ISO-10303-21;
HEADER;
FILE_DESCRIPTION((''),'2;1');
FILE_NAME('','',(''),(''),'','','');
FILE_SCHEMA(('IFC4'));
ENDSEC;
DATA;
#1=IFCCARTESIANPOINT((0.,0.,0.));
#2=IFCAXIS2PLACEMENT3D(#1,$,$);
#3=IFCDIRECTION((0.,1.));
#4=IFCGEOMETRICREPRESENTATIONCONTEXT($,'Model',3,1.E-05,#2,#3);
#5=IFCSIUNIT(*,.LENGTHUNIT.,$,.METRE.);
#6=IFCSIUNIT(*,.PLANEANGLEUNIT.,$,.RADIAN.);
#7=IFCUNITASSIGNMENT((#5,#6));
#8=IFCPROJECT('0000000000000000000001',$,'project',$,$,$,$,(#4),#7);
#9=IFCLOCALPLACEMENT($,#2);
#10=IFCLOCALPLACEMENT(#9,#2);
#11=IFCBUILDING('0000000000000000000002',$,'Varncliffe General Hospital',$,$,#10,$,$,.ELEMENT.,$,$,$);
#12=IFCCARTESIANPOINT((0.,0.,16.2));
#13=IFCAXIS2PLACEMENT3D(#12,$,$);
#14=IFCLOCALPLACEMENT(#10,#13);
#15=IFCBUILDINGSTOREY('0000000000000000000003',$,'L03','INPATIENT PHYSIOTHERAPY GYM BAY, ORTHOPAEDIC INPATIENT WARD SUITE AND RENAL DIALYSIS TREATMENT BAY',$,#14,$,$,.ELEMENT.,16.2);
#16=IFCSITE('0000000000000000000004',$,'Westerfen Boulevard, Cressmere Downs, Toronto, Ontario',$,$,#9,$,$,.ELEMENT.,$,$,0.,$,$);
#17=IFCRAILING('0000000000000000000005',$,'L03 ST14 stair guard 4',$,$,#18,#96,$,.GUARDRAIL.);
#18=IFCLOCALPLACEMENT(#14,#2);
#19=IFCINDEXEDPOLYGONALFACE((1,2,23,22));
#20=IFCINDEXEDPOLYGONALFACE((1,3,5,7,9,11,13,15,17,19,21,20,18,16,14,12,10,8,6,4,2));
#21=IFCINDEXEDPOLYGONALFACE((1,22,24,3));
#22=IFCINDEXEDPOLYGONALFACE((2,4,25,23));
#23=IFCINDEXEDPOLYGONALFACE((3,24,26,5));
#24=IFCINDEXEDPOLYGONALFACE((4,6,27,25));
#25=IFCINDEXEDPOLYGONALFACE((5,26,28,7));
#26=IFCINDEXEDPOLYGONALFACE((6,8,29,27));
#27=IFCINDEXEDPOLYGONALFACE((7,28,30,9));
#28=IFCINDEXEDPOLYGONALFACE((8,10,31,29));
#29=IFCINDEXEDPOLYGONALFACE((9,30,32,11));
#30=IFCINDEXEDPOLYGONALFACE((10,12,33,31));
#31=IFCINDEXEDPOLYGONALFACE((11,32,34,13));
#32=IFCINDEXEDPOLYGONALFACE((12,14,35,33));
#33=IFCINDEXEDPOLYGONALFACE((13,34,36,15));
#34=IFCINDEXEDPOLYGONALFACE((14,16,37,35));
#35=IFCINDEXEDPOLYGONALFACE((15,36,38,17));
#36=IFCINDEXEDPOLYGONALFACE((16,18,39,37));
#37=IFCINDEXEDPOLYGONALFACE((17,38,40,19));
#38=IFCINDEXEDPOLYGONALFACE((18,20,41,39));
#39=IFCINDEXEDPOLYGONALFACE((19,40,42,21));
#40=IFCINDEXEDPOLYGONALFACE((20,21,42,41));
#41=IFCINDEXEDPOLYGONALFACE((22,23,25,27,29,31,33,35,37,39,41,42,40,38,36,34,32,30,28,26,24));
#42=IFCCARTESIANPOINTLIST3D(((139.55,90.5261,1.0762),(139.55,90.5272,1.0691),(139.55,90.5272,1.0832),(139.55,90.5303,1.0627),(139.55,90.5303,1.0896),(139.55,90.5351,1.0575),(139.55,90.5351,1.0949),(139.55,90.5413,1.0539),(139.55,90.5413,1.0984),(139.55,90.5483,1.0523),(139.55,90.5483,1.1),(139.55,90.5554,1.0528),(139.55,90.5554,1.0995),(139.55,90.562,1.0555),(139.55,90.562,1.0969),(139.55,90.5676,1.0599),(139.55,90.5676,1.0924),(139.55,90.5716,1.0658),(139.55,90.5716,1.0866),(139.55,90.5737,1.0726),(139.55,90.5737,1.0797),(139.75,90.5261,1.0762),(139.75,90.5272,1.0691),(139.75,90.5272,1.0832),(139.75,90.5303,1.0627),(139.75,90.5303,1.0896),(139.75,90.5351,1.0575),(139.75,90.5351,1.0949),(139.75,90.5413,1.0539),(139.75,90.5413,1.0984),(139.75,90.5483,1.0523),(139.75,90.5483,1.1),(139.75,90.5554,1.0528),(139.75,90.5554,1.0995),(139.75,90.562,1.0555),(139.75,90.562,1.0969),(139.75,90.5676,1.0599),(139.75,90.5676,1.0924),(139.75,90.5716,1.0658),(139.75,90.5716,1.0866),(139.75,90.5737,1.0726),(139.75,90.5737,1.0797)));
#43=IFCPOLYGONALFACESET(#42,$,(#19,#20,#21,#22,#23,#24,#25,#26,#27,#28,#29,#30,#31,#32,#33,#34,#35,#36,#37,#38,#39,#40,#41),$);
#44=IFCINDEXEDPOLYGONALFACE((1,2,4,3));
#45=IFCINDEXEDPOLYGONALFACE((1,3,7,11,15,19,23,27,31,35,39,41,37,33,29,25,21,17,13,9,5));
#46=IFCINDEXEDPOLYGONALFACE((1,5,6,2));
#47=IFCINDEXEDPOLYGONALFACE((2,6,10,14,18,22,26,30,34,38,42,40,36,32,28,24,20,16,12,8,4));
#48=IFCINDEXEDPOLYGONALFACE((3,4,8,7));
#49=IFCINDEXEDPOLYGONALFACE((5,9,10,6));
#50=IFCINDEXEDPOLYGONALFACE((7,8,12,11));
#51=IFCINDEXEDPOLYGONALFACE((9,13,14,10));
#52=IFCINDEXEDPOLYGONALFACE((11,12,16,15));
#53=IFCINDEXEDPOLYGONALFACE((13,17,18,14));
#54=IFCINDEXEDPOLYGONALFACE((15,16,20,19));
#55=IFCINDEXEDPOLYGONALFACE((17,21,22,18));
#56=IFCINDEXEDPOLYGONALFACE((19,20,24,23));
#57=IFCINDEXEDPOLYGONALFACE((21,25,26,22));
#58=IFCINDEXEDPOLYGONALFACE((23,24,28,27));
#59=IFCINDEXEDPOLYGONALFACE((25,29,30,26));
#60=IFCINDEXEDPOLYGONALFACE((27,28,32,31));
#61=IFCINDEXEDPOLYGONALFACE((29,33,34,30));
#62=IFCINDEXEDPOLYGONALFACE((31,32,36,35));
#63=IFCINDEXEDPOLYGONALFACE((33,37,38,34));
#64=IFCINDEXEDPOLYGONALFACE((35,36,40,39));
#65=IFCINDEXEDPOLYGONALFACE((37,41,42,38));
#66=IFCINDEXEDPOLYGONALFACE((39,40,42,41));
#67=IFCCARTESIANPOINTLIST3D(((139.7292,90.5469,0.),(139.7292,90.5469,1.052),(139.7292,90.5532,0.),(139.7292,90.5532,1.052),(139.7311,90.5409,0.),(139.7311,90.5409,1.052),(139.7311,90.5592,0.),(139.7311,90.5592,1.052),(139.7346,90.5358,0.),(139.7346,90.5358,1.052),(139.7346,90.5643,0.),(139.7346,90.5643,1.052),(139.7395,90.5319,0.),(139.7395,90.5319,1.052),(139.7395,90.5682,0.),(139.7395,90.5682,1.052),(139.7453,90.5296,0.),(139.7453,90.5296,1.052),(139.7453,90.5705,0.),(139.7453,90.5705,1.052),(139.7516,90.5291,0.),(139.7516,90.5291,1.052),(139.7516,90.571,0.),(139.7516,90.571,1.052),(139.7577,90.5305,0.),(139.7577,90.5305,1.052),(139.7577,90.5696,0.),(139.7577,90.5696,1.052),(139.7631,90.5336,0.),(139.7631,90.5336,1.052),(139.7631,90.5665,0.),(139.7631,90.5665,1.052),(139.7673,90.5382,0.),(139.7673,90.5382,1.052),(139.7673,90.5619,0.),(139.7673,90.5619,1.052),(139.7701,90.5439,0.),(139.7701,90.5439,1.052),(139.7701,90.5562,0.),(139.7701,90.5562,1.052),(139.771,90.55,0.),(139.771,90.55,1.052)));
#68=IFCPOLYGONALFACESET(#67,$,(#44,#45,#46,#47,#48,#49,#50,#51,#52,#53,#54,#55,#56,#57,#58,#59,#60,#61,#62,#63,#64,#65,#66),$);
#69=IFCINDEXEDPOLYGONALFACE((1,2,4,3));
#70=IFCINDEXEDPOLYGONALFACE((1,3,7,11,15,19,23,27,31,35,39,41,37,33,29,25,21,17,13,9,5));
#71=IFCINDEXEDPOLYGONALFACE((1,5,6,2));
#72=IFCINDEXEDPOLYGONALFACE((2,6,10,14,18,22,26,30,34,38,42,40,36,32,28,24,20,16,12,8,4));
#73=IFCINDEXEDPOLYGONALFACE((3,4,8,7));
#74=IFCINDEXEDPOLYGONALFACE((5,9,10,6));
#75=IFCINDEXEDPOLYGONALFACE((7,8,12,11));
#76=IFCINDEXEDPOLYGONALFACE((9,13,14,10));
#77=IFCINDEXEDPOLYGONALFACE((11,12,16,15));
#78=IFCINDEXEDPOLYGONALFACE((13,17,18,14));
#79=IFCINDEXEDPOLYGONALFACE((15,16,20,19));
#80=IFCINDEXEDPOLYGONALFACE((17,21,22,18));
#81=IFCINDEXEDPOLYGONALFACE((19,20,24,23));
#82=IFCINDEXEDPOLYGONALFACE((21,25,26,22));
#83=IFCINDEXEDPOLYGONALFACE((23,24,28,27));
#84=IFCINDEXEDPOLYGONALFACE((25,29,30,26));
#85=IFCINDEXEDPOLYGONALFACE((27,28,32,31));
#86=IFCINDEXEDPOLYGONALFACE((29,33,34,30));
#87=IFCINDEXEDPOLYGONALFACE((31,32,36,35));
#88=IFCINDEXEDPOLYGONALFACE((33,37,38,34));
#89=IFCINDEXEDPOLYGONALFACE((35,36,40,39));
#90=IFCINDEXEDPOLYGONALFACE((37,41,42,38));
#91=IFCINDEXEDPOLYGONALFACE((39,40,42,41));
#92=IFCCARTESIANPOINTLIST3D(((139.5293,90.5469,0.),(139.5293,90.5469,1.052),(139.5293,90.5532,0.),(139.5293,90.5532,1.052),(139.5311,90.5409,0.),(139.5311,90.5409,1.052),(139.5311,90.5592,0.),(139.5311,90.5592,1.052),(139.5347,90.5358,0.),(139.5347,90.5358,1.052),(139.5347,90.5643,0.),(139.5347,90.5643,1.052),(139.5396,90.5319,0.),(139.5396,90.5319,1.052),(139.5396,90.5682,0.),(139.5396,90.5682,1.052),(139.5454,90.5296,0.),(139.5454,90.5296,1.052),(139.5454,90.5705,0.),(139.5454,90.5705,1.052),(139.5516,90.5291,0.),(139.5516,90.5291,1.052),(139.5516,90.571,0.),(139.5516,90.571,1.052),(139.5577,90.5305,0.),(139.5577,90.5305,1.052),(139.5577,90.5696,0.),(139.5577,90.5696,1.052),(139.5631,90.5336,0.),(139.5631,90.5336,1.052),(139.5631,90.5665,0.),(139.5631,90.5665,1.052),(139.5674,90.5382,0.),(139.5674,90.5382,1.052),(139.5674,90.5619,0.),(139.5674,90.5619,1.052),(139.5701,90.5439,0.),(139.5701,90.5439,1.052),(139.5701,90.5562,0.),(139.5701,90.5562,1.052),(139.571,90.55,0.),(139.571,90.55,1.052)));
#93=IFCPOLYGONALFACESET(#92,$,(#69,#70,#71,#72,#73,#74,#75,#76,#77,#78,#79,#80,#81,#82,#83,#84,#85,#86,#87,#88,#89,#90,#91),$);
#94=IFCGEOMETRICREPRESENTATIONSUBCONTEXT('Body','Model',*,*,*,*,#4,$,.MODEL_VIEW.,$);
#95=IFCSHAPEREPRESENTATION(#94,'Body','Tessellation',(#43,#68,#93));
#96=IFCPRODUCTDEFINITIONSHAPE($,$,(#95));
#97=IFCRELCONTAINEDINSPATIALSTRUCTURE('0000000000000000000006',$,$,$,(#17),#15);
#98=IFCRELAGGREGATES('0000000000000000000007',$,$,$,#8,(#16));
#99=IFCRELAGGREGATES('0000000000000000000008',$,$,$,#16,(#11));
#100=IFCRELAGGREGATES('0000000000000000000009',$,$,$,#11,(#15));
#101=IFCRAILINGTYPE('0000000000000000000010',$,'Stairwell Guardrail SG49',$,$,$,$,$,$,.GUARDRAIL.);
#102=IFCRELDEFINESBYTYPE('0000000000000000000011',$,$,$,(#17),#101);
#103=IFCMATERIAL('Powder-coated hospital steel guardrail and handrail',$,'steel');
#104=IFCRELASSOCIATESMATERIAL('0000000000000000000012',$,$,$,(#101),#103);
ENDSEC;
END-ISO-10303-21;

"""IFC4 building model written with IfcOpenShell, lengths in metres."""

from ifc_helpers import new_model, si_unit, direction, frame, origin, origin_2d, place, context, subcontext, project, spatial, circle, extrude, material, type_object, element, save


model = new_model("IFC4")

# Units and contexts
model_context = context("Model", 3, precision=1e-05, world=origin(), true_north=direction((0.0, 1.0)))
body_context = subcontext(model_context, "Body", "Model", "MODEL_VIEW")
ifc_project = project(units=[si_unit("LENGTHUNIT", "METRE"), si_unit("PLANEANGLEUNIT", "RADIAN")], contexts=[model_context])

# Site, building, storey
site_placement = place(None, origin())
site = spatial("IfcSite", under=ifc_project, at=site_placement, Name="Westerfen Boulevard, Cressmere Downs, Toronto, Ontario", CompositionType="ELEMENT", RefElevation=0.0)
building_placement = place(site_placement, origin())
building = spatial("IfcBuilding", under=site, at=building_placement, Name="Varncliffe General Hospital", CompositionType="ELEMENT")
storey_placement = place(building_placement, frame((0.0, 0.0, 16.2)))
storey = spatial("IfcBuildingStorey", under=building, at=storey_placement, Name="L03", Description="INPATIENT PHYSIOTHERAPY GYM BAY, ORTHOPAEDIC INPATIENT WARD SUITE AND RENAL DIALYSIS TREATMENT BAY", CompositionType="ELEMENT", Elevation=16.2)

# Railing
ifc_material_1 = material(Name="Powder-coated hospital steel guardrail and handrail", Category="steel")
railing_type_1 = type_object("IfcRailingType", Name="Stairwell Guardrail SG49", PredefinedType="GUARDRAIL", material=ifc_material_1)
railing_1_placement = place(storey_placement, frame((139.75, 90.55, 0.0)))
element("IfcRailing", 1, at=railing_1_placement, inside=storey, type_object=railing_type_1, Name="L03 ST14 stair guard 4", PredefinedType="GUARDRAIL", context=body_context, shape_type="SweptSolid", body=[
    extrude(circle(Radius=0.0239, at=origin_2d()), frame((0.0, 0.0, 1.0762), z_axis=(-1.0, 0.0, 0.0), x_axis=(0.0, -1.0, 0.0)), (0.0, 0.0, 1.0), 0.2),
    extrude(circle(Radius=0.021, at=origin_2d()), origin(), (0.0, 0.0, 1.0), 1.052),
    extrude(circle(Radius=0.021, at=origin_2d()), frame((-0.2, 0.0, 0.0)), (0.0, 0.0, 1.0), 1.052),
])

save(model, "model.ifc")
